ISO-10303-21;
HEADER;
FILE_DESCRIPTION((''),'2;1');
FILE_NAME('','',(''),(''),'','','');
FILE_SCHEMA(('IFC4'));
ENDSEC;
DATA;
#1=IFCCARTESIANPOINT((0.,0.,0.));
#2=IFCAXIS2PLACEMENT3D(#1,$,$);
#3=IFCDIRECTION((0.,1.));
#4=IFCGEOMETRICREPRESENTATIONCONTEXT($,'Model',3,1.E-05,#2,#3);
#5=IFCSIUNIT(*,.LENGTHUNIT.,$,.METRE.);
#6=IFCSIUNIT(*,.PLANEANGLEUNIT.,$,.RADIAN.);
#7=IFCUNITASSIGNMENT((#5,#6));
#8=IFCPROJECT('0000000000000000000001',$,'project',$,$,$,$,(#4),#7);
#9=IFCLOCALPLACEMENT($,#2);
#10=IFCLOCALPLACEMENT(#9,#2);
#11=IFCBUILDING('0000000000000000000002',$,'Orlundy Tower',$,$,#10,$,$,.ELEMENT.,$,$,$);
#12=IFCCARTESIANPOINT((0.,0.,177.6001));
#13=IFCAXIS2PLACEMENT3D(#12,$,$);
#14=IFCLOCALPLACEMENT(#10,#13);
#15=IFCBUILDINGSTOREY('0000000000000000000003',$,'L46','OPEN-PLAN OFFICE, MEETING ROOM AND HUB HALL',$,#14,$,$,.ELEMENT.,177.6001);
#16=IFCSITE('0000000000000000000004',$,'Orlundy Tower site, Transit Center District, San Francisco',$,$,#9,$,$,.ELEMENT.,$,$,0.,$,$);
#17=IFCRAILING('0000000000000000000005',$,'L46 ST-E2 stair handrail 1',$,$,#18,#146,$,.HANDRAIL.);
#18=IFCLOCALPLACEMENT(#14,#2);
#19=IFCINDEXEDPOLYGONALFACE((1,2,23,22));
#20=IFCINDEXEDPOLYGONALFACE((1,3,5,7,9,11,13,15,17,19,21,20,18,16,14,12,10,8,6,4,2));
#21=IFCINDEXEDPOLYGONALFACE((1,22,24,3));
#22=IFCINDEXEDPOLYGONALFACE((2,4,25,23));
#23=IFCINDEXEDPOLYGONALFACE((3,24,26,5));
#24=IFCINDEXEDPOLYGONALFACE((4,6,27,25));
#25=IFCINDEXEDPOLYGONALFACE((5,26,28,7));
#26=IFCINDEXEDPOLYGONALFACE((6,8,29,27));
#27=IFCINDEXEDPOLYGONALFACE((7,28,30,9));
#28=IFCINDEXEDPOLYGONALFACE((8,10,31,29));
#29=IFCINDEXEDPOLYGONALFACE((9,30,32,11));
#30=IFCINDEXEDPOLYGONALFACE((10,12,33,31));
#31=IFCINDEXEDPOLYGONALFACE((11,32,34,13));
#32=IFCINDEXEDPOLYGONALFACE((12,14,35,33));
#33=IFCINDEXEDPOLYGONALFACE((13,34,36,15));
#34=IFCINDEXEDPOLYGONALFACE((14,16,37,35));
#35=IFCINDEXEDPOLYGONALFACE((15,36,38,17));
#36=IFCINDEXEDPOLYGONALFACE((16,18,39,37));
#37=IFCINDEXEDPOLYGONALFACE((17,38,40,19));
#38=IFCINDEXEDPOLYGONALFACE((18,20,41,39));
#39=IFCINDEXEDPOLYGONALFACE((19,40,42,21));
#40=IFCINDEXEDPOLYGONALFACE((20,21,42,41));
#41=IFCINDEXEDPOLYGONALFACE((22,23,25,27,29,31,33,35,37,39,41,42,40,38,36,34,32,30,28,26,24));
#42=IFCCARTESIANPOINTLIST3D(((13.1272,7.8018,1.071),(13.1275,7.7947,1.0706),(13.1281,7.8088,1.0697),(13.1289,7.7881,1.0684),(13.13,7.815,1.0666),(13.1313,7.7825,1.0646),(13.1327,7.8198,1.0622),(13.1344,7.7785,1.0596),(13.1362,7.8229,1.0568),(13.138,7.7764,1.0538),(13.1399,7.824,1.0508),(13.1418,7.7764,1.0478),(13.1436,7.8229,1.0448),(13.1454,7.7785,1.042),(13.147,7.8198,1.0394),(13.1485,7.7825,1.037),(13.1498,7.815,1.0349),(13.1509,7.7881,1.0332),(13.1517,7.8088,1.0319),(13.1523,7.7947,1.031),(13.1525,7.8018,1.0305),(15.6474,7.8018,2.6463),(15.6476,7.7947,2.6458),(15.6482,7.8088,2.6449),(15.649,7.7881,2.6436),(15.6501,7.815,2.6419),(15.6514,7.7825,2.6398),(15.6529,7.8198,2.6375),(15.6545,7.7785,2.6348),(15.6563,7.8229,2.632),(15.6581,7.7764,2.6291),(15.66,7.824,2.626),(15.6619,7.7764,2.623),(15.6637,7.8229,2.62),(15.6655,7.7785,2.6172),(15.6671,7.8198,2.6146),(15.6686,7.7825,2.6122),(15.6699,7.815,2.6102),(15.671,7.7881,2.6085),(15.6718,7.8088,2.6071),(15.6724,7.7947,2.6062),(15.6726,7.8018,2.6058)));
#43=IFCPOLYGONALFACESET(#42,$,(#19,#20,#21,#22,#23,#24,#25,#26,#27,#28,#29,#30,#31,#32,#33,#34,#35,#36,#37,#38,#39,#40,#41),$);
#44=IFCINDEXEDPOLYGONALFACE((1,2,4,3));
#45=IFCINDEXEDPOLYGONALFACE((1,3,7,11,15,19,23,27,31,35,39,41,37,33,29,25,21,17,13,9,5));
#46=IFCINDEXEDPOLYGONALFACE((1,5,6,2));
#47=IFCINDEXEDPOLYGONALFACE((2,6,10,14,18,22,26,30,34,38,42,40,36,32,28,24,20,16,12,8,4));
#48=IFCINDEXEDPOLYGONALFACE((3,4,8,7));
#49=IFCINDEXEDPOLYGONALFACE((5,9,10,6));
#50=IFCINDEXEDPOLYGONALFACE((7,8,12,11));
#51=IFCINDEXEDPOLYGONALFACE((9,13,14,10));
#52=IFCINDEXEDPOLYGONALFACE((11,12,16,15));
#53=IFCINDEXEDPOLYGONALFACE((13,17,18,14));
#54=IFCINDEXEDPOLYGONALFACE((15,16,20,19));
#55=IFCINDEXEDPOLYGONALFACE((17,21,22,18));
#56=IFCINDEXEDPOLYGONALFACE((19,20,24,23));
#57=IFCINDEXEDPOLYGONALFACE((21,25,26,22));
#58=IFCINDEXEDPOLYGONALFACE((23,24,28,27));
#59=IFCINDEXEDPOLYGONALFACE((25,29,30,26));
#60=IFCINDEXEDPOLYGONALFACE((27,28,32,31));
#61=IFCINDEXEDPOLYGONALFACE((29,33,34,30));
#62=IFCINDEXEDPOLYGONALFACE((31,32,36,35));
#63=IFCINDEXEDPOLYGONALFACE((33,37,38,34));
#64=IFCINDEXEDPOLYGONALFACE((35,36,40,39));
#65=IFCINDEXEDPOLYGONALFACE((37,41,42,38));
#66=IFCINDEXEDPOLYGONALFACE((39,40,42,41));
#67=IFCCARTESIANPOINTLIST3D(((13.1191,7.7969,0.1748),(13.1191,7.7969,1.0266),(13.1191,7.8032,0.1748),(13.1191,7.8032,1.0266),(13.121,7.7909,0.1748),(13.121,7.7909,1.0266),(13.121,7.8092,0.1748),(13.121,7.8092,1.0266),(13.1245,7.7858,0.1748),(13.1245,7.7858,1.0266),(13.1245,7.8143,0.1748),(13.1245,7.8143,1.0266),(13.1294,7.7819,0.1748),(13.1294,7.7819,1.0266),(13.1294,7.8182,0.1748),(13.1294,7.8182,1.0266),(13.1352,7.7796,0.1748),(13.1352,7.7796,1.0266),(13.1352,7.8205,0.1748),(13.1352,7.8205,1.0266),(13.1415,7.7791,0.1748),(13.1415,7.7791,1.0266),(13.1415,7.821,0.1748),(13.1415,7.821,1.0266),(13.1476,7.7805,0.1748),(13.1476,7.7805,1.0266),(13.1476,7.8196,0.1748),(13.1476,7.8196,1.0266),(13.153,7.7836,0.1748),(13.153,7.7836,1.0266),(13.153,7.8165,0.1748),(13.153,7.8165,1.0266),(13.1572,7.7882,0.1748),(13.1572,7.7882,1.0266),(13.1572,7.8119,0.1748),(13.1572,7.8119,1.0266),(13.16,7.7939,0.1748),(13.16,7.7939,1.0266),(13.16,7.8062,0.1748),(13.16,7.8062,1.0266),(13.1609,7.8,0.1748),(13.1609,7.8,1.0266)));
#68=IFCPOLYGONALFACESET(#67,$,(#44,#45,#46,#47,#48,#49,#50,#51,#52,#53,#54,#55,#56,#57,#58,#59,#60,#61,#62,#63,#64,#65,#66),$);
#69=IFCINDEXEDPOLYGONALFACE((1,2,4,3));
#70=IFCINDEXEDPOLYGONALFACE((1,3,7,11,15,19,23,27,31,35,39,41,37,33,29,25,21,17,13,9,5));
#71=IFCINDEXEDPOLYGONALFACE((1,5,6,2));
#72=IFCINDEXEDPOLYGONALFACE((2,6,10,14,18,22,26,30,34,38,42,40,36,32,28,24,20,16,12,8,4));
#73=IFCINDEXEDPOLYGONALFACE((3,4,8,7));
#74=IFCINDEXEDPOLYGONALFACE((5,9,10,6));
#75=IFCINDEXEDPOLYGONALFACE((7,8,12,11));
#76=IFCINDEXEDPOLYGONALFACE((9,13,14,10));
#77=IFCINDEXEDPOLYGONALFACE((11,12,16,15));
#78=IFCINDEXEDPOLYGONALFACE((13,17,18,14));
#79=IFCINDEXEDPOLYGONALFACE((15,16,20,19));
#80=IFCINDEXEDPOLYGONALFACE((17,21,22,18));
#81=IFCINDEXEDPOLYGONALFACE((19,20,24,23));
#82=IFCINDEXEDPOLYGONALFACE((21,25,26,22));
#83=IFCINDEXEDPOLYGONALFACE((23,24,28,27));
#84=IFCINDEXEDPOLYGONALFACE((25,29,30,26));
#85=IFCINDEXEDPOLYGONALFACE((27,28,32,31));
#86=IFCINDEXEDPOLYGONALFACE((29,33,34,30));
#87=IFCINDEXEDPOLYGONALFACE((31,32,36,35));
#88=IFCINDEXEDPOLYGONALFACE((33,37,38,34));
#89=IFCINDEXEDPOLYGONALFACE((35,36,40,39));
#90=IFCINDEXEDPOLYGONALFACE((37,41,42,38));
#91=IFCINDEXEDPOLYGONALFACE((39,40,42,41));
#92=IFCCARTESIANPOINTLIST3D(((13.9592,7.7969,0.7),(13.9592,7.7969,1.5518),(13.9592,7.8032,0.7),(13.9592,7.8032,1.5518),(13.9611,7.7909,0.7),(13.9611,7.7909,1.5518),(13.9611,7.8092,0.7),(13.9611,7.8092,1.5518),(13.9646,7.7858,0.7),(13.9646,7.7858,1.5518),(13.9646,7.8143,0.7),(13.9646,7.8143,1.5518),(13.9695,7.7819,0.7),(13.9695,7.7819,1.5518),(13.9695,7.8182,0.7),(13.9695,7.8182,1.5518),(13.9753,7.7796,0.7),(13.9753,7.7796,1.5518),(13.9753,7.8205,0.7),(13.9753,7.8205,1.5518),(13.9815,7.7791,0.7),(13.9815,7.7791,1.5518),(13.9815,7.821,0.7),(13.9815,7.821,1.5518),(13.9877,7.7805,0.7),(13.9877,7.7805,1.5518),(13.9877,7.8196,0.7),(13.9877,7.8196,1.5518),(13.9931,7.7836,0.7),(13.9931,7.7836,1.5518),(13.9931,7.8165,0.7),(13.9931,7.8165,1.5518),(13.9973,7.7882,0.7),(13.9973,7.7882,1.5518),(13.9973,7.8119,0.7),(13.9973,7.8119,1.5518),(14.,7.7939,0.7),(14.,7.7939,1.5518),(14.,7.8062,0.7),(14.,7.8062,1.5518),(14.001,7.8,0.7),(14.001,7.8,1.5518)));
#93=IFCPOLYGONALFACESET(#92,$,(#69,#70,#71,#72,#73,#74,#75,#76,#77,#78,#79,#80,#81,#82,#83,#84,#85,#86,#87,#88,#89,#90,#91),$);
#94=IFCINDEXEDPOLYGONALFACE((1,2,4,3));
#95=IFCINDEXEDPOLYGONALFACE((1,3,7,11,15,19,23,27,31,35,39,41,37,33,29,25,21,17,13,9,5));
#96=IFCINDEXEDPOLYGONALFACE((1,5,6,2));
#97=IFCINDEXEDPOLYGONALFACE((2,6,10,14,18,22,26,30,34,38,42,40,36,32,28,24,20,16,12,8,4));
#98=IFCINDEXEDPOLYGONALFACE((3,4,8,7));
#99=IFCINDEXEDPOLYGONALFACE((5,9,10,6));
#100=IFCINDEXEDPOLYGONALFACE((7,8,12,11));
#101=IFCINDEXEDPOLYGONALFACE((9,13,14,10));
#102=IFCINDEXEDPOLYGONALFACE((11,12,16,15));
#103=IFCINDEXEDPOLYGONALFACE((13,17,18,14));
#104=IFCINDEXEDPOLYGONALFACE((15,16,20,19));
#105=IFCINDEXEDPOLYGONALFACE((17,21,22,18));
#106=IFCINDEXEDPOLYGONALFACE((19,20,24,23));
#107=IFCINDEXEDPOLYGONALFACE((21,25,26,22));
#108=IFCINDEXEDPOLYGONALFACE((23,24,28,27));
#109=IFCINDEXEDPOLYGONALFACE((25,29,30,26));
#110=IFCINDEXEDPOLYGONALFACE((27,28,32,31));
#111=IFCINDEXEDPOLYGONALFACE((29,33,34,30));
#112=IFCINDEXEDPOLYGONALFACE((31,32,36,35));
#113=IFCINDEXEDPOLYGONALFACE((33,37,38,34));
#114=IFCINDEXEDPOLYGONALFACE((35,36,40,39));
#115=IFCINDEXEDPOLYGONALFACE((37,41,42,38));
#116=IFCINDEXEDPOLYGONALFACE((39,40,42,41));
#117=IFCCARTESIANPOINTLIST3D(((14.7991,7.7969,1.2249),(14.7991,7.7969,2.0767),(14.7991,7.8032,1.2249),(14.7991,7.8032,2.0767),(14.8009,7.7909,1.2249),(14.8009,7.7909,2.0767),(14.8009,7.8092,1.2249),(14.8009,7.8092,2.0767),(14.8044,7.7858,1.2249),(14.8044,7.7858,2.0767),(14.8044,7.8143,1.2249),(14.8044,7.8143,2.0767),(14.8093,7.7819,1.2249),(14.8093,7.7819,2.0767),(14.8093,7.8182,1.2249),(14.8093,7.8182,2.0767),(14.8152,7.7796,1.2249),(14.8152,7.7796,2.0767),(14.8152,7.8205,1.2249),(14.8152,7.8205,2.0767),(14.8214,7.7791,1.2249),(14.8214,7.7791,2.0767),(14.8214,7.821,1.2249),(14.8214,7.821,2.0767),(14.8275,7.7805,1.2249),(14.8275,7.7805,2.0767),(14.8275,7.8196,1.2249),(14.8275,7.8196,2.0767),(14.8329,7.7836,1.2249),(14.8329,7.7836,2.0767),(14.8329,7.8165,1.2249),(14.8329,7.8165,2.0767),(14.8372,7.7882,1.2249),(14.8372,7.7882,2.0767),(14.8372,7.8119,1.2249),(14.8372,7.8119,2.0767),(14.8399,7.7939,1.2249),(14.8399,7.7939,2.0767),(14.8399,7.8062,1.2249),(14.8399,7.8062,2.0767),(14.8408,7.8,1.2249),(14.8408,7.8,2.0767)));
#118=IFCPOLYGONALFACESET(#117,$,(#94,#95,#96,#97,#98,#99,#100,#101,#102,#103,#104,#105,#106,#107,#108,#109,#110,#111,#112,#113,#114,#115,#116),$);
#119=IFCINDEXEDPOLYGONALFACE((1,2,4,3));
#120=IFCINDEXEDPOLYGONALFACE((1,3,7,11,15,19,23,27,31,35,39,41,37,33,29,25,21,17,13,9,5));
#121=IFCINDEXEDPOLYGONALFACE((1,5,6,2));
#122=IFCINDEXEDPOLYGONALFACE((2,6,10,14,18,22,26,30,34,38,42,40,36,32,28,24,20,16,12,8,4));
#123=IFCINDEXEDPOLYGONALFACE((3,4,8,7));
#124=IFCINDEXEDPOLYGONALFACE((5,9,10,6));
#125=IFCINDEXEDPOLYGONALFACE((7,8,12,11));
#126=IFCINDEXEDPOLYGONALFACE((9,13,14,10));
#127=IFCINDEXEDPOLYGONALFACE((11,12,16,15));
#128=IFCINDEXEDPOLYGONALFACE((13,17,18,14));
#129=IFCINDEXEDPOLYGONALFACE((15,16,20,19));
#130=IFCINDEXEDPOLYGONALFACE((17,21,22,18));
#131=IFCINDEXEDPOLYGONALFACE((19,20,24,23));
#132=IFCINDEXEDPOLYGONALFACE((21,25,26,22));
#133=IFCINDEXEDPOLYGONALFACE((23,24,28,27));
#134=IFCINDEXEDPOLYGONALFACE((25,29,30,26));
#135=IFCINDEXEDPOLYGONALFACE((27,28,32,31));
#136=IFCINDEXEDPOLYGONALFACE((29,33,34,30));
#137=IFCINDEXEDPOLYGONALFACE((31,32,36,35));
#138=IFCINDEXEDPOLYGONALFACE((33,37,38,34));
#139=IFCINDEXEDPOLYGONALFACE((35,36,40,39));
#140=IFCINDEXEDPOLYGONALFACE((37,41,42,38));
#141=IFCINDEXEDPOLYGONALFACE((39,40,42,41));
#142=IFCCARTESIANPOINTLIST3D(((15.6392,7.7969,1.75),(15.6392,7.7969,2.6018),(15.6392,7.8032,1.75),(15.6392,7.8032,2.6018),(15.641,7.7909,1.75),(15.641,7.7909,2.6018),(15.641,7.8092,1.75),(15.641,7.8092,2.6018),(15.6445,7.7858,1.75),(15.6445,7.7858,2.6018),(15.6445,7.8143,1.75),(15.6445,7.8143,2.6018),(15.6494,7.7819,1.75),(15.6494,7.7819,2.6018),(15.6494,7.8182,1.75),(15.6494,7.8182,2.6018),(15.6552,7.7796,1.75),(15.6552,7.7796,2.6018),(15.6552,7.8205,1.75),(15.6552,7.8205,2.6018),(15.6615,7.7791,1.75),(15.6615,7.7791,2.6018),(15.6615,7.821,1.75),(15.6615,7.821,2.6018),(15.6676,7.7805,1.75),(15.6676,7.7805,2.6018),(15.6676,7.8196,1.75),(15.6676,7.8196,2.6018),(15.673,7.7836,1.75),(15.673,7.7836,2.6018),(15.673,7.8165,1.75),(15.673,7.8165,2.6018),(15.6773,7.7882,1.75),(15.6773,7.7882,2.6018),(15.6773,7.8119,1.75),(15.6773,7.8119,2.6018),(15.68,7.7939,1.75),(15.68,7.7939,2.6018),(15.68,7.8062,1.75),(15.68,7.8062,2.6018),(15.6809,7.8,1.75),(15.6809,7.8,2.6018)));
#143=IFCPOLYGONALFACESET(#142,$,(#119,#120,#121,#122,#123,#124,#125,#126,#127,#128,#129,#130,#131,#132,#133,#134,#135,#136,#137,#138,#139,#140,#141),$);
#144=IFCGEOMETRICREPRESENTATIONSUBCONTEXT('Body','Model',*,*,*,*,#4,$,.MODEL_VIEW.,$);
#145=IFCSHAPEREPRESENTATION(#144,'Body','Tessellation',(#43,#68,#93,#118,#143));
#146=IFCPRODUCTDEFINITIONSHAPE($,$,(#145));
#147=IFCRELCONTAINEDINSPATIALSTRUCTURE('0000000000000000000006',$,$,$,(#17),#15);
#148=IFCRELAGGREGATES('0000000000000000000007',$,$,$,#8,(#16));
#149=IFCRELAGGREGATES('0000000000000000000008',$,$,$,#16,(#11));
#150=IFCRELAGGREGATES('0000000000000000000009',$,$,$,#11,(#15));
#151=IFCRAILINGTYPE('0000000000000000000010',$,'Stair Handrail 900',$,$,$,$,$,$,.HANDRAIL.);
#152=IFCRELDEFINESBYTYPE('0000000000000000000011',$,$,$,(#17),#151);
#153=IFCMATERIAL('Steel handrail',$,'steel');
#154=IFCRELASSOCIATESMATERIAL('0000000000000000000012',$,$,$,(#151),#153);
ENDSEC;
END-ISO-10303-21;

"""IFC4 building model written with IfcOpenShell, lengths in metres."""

from ifc_helpers import new_model, si_unit, direction, frame, origin, origin_2d, place, context, subcontext, project, spatial, circle, extrude, material, type_object, element, save


model = new_model("IFC4")

# Units and contexts
model_context = context("Model", 3, precision=1e-05, world=origin(), true_north=direction((0.0, 1.0)))
body_context = subcontext(model_context, "Body", "Model", "MODEL_VIEW")
ifc_project = project(units=[si_unit("LENGTHUNIT", "METRE"), si_unit("PLANEANGLEUNIT", "RADIAN")], contexts=[model_context])

# Site, building, storey
site_placement = place(None, origin())
site = spatial("IfcSite", under=ifc_project, at=site_placement, Name="Orlundy Tower site, Transit Center District, San Francisco", CompositionType="ELEMENT", RefElevation=0.0)
building_placement = place(site_placement, origin())
building = spatial("IfcBuilding", under=site, at=building_placement, Name="Orlundy Tower", CompositionType="ELEMENT")
storey_placement = place(building_placement, frame((0.0, 0.0, 177.6001)))
storey = spatial("IfcBuildingStorey", under=building, at=storey_placement, Name="L46", Description="OPEN-PLAN OFFICE, MEETING ROOM AND HUB HALL", CompositionType="ELEMENT", Elevation=177.6001)

# Railing
ifc_material_1 = material(Name="Steel handrail", Category="steel")
railing_type_1 = type_object("IfcRailingType", Name="Stair Handrail 900", PredefinedType="HANDRAIL", material=ifc_material_1)
railing_1_placement = place(storey_placement, frame((13.1399, 7.8, 0.1748)))
element("IfcRailing", 1, at=railing_1_placement, inside=storey, type_object=railing_type_1, Name="L46 ST-E2 stair handrail 1", PredefinedType="HANDRAIL", context=body_context, shape_type="SweptSolid", body=[
    extrude(circle(Radius=0.0239, at=origin_2d()), frame((0.0, 0.0, 0.876), z_axis=(0.847971, 0.0, 0.530043), x_axis=(0.0, 1.0, 0.0)), (0.0, 0.0, 1.0), 2.9719),
    extrude(circle(Radius=0.021, at=origin_2d()), origin(), (0.0, 0.0, 1.0), 0.8518),
    extrude(circle(Radius=0.021, at=origin_2d()), frame((0.8401, 0.0, 0.5251)), (0.0, 0.0, 1.0), 0.8518),
    extrude(circle(Radius=0.021, at=origin_2d()), frame((1.6799, 0.0, 1.05)), (0.0, 0.0, 1.0), 0.8518),
    extrude(circle(Radius=0.021, at=origin_2d()), frame((2.52, 0.0, 1.5752)), (0.0, 0.0, 1.0), 0.8518),
])

save(model, "model.ifc")
